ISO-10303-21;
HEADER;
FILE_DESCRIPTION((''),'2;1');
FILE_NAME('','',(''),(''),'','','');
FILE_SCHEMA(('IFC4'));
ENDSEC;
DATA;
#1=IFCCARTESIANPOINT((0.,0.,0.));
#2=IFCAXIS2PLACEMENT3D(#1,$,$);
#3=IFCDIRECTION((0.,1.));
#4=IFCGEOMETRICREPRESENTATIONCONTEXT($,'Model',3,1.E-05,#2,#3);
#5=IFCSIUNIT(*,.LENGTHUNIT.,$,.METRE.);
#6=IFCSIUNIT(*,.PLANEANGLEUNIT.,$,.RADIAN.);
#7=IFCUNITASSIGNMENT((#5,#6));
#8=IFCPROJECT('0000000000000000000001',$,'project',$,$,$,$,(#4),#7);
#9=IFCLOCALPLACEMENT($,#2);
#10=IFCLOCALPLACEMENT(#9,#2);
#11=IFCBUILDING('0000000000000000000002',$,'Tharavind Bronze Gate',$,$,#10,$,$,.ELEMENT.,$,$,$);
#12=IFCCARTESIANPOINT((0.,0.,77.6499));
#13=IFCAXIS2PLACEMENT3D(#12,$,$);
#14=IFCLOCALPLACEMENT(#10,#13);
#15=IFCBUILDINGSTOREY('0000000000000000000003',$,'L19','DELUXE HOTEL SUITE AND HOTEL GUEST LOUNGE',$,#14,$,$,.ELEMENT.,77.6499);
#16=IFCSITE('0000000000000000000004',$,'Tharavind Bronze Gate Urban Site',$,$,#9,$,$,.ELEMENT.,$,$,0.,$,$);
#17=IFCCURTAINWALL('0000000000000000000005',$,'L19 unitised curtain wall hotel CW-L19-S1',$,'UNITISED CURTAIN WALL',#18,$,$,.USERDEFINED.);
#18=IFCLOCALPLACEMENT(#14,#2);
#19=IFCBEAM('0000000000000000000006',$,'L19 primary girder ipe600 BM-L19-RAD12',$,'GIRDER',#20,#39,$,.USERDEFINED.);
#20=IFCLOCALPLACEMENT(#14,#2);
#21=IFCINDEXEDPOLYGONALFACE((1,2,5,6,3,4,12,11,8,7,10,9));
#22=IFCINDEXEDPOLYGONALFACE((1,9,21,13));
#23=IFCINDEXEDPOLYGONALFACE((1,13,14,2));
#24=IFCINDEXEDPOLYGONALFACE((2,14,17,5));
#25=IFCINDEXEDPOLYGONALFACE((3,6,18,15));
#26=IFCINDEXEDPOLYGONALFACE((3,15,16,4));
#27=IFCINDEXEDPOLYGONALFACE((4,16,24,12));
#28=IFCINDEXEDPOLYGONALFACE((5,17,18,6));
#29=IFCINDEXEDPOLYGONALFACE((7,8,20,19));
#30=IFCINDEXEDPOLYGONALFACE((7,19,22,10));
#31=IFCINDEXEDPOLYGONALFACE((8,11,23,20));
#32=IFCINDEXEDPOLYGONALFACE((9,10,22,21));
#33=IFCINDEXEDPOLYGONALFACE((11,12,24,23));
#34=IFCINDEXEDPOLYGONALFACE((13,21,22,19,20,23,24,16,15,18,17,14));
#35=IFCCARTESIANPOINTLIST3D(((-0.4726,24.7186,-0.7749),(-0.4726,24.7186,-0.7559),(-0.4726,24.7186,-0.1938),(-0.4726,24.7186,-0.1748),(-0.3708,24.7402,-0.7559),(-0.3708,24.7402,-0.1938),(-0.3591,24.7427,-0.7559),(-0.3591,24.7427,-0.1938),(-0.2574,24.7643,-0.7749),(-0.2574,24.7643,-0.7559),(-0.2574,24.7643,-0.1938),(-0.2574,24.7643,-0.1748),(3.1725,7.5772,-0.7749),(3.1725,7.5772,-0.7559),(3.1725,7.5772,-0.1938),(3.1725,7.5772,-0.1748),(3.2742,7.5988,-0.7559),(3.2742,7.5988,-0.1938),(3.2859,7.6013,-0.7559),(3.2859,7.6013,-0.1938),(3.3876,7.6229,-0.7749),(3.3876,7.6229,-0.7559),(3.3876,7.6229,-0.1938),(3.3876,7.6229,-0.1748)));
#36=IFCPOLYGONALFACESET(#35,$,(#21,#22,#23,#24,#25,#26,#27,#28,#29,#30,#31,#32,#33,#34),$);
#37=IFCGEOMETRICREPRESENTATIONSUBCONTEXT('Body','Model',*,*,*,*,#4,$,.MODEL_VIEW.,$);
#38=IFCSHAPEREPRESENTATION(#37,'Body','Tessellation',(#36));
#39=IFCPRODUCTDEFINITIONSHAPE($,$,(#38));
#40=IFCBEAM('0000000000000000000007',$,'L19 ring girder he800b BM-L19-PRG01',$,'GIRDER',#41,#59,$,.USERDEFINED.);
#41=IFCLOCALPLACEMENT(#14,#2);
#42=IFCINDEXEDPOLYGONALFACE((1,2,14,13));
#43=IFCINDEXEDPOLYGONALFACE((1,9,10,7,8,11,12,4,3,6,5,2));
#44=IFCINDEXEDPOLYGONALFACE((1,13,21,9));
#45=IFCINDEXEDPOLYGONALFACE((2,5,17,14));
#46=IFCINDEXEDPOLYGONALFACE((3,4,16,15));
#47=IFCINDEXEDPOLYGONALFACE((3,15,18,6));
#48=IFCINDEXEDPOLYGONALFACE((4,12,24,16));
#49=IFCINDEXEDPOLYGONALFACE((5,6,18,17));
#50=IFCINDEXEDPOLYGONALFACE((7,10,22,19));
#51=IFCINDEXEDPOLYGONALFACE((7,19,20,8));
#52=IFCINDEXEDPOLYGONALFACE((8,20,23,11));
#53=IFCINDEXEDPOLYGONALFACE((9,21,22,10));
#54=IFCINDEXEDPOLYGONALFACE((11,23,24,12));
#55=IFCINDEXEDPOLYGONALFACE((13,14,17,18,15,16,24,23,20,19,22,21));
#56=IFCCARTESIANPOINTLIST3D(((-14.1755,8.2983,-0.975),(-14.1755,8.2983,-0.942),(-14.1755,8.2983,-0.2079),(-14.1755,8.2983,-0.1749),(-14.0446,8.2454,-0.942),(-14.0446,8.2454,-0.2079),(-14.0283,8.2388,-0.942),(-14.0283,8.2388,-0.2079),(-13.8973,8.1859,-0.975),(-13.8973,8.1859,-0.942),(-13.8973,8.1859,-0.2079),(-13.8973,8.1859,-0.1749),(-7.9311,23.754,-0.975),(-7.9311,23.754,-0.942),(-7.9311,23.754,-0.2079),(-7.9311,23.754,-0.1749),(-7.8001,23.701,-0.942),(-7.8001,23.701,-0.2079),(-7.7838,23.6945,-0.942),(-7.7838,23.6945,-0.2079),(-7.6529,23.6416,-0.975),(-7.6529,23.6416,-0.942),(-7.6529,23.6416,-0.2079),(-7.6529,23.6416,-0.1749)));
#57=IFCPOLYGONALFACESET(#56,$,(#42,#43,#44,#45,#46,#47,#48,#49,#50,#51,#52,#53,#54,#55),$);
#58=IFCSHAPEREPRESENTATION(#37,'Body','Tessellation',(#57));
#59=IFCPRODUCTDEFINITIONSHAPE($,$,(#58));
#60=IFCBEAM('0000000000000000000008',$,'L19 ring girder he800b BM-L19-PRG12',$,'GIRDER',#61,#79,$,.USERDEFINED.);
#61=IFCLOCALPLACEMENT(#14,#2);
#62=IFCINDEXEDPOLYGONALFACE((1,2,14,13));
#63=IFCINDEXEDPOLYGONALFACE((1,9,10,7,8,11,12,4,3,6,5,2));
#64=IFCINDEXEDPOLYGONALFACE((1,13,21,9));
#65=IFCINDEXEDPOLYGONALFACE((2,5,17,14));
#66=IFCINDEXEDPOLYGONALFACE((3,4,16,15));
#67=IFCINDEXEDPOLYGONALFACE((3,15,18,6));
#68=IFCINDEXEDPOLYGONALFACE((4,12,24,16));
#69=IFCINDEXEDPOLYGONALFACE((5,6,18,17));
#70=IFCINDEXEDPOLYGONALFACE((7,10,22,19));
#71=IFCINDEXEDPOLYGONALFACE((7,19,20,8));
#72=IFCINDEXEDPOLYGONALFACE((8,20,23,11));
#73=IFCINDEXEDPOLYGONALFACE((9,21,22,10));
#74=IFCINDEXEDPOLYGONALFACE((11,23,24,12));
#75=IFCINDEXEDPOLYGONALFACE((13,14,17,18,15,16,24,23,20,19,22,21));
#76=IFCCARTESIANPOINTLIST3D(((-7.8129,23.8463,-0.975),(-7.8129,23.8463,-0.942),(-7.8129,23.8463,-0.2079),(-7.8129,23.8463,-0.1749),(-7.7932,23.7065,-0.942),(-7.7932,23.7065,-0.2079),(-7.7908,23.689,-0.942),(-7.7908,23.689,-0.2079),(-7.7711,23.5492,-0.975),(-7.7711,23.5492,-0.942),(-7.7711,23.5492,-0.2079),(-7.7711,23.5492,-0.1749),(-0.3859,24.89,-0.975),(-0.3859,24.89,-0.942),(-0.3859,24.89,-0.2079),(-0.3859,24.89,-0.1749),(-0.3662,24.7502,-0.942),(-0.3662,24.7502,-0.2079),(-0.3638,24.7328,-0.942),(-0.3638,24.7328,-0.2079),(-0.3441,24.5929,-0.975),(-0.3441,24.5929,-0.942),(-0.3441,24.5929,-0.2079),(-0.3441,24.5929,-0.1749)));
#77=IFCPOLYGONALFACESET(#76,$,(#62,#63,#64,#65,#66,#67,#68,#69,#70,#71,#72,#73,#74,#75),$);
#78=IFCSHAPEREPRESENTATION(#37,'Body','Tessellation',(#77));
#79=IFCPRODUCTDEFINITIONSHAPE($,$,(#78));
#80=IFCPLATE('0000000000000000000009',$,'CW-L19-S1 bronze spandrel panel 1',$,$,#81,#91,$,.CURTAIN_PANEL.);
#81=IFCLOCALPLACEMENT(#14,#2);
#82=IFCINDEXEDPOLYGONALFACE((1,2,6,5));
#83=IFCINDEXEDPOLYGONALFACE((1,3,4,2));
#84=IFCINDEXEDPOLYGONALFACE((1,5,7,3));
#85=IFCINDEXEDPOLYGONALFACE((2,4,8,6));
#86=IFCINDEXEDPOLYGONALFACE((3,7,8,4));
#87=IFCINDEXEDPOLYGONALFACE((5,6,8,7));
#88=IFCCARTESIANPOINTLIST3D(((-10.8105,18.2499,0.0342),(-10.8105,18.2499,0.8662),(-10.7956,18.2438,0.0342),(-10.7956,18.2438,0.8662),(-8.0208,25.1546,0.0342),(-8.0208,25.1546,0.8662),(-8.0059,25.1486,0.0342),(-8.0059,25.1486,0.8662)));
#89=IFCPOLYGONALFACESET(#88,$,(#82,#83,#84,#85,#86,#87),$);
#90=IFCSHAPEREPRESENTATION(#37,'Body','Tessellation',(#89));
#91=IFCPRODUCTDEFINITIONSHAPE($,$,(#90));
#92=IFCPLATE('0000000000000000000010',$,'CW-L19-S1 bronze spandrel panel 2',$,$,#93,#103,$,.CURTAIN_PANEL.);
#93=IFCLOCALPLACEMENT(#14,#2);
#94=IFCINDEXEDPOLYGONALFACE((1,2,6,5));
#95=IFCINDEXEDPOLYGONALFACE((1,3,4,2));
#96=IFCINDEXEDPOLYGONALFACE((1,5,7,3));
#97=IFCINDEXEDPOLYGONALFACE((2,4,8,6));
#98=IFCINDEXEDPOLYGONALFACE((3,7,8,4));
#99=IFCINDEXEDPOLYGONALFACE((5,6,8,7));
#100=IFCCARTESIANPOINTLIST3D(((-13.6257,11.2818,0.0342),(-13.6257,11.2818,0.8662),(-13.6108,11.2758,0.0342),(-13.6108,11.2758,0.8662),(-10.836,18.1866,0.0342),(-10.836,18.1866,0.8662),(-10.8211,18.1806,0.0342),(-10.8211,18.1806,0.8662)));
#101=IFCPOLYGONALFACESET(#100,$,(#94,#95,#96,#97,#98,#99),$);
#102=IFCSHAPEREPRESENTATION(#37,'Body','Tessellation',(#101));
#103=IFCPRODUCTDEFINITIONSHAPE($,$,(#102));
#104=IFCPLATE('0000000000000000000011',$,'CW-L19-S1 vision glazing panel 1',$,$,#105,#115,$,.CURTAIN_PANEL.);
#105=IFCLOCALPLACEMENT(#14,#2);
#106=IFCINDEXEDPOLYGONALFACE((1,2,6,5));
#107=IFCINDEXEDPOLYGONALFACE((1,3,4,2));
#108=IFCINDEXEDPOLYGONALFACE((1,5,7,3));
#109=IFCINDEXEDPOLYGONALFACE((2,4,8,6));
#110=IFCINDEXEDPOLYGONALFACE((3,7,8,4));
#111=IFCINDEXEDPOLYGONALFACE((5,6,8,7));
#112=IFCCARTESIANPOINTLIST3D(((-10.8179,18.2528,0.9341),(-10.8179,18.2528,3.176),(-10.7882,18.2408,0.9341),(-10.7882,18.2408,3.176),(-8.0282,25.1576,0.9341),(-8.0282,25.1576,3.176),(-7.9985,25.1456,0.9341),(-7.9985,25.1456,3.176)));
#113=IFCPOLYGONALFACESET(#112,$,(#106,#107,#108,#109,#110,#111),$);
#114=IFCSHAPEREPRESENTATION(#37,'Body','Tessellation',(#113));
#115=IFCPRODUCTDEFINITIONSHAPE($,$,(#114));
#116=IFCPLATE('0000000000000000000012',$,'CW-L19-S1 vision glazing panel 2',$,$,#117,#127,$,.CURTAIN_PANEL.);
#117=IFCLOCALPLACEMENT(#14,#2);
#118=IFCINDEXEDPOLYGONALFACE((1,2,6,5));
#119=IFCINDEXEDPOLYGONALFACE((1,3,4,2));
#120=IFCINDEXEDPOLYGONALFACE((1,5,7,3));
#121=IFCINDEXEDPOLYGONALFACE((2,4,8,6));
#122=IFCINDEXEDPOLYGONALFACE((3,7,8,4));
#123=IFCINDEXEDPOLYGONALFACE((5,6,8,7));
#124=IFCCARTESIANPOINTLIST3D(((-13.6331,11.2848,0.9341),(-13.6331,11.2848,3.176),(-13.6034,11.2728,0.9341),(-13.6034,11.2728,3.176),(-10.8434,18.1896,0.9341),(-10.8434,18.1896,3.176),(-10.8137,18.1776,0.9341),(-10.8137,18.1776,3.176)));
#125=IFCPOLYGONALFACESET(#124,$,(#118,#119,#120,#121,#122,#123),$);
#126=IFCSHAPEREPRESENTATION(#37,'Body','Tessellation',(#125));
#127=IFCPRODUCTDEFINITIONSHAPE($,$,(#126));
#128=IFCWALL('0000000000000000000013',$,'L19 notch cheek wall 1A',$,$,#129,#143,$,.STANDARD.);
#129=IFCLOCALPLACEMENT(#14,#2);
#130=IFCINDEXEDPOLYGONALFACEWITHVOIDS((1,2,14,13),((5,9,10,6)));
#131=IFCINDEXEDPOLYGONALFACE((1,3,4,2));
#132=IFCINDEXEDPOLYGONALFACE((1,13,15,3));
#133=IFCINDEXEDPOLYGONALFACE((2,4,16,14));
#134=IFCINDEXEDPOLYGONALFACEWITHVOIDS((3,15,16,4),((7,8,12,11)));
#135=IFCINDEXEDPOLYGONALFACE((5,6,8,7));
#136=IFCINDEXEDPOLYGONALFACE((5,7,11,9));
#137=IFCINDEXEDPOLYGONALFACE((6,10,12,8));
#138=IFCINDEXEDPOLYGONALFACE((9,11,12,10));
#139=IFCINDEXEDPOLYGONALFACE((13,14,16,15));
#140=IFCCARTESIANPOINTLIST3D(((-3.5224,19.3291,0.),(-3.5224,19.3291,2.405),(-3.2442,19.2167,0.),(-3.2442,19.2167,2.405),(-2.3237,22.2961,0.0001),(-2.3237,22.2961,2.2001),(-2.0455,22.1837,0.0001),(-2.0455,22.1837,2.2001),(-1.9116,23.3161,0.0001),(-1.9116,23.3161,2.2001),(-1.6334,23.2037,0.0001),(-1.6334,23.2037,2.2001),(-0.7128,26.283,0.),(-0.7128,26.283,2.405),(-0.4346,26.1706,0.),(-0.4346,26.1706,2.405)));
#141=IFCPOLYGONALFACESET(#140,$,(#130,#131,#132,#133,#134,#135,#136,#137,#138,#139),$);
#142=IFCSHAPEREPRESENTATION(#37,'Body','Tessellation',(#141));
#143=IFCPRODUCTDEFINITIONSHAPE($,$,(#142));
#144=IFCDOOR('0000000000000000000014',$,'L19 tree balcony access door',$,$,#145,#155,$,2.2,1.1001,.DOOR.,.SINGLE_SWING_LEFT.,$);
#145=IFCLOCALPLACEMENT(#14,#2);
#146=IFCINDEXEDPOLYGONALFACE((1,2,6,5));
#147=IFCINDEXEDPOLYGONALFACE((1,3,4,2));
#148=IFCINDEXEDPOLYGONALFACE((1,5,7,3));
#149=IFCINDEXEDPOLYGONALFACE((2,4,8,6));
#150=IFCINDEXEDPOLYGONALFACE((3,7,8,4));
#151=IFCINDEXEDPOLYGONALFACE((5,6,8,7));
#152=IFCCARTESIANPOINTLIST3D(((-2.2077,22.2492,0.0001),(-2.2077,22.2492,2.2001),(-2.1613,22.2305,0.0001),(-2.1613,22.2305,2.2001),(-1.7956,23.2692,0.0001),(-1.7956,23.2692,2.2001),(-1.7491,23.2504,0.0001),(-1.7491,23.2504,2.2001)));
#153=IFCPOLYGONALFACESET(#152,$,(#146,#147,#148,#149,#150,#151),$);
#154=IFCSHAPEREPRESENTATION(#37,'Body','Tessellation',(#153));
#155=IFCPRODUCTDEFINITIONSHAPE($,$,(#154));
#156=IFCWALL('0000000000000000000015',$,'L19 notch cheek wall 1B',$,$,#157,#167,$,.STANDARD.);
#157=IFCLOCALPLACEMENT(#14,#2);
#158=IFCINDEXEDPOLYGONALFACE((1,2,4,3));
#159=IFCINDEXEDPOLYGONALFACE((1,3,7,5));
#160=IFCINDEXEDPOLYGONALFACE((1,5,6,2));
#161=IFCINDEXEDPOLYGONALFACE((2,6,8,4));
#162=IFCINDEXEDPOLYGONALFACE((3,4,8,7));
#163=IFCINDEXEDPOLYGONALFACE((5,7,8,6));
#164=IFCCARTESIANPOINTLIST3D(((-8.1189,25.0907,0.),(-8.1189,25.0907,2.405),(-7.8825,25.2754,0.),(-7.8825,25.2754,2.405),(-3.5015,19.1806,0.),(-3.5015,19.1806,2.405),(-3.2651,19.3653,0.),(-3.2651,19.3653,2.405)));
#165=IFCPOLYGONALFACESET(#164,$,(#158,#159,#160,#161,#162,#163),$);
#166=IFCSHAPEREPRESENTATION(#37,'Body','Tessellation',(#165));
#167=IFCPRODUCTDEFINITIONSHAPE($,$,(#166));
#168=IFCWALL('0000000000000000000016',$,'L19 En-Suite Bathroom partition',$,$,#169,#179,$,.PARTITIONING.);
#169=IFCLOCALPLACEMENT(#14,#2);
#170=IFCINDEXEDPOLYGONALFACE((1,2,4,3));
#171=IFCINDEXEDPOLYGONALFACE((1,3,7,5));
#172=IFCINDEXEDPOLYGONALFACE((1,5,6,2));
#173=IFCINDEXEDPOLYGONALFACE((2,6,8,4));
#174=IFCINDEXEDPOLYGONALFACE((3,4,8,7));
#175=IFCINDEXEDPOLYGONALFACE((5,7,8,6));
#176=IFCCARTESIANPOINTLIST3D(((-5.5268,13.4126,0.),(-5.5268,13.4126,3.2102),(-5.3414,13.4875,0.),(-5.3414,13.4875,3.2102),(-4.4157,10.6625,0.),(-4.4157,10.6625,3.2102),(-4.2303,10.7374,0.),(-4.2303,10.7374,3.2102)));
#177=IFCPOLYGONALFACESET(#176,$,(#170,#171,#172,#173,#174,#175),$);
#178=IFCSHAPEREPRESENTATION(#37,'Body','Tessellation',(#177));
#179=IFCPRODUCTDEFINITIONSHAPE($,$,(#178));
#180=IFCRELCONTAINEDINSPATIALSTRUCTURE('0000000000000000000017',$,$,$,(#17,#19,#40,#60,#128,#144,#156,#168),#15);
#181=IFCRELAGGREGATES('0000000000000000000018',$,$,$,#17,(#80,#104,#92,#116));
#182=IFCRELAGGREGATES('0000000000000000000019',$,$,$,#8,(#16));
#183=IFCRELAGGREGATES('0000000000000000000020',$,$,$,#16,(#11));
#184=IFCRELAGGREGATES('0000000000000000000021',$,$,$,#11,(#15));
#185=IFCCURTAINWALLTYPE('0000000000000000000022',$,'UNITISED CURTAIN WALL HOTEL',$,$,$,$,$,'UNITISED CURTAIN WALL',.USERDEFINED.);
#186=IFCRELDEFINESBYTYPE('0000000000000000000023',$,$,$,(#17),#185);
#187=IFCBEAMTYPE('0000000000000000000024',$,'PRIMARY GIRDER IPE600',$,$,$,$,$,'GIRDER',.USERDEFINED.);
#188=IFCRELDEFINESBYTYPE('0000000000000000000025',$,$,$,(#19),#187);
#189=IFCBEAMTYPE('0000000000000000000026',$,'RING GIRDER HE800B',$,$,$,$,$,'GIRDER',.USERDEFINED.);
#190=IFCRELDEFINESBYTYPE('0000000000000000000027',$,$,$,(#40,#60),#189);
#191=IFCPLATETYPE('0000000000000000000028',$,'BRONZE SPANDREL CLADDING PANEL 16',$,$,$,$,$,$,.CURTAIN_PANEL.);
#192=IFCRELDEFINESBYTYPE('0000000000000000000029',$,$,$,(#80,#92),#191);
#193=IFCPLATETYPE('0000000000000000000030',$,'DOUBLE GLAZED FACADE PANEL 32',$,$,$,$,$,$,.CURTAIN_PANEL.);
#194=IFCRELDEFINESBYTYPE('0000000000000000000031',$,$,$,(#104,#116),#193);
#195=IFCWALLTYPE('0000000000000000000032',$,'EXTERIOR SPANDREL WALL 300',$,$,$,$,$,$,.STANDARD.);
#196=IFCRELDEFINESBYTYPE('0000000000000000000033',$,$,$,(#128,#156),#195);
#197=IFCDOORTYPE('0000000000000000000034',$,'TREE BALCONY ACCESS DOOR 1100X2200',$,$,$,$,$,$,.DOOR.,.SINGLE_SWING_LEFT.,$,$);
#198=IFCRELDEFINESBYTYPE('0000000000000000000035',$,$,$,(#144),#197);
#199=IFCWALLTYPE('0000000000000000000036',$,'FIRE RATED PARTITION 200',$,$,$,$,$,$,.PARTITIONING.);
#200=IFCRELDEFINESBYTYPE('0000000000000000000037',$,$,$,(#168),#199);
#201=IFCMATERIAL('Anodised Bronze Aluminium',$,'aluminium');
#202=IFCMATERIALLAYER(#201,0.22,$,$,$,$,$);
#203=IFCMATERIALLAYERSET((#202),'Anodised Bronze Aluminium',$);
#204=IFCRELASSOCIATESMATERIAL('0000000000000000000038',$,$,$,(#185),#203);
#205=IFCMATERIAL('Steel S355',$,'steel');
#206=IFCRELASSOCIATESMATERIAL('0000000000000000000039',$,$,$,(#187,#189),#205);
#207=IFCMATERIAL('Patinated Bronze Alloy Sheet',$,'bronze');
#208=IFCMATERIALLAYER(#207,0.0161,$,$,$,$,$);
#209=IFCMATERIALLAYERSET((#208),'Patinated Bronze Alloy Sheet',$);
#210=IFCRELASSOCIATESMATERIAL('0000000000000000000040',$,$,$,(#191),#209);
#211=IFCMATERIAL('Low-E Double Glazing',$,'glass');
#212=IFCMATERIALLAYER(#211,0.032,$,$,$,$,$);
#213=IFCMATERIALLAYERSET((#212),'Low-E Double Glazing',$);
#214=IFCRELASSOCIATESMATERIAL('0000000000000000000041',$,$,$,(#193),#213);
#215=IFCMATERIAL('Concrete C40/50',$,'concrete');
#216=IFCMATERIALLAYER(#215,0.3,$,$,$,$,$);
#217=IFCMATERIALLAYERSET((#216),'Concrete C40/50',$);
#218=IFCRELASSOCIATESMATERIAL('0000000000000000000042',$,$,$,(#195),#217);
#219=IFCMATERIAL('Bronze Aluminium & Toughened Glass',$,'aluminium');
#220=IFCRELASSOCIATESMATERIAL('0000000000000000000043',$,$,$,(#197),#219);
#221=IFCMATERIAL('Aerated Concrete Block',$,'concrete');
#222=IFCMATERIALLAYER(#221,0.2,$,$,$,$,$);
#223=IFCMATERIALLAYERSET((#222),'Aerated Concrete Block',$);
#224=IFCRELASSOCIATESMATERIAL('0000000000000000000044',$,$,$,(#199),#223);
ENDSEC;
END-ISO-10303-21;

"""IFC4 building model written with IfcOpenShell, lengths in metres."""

from ifc_helpers import new_model, si_unit, direction, frame, frame_2d, origin, origin_2d, place, context, subcontext, project, spatial, rectangle, i_section, extrude, material, layer, layer_set, material_profile, profile_set, type_object, element, fill, aggregate, save


model = new_model("IFC4")

# Units and contexts
model_context = context("Model", 3, precision=1e-05, world=origin(), true_north=direction((0.0, 1.0)))
body_context = subcontext(model_context, "Body", "Model", "MODEL_VIEW")
ifc_project = project(units=[si_unit("LENGTHUNIT", "METRE"), si_unit("PLANEANGLEUNIT", "RADIAN")], contexts=[model_context])

# Site, building, storey
site_placement = place(None, origin())
site = spatial("IfcSite", under=ifc_project, at=site_placement, Name="Tharavind Bronze Gate Urban Site", CompositionType="ELEMENT", RefElevation=0.0)
building_placement = place(site_placement, origin())
building = spatial("IfcBuilding", under=site, at=building_placement, Name="Tharavind Bronze Gate", CompositionType="ELEMENT")
storey_placement = place(building_placement, frame((0.0, 0.0, 77.6499)))
storey = spatial("IfcBuildingStorey", under=building, at=storey_placement, Name="L19", Description="DELUXE HOTEL SUITE AND HOTEL GUEST LOUNGE", CompositionType="ELEMENT", Elevation=77.6499)

# Curtain wall
ifc_material_1 = material(Name="Anodised Bronze Aluminium", Category="aluminium")
ifc_layer_1 = layer(ifc_material_1, 0.22)
ifc_layer_set_1 = layer_set([ifc_layer_1], Name="Anodised Bronze Aluminium")
curtain_wall_type = type_object("IfcCurtainWallType", Name="UNITISED CURTAIN WALL HOTEL", ElementType="UNITISED CURTAIN WALL", PredefinedType="USERDEFINED", material=ifc_layer_set_1)
curtain_wall_1_placement = place(storey_placement, origin())
curtain_wall_1 = element("IfcCurtainWall", 1, at=curtain_wall_1_placement, inside=storey, type_object=curtain_wall_type, Name="L19 unitised curtain wall hotel CW-L19-S1", ObjectType="UNITISED CURTAIN WALL", PredefinedType="USERDEFINED")

# Beams
ifc_material_2 = material(Name="Steel S355", Category="steel")
ifc_material_profile_1 = material_profile(ifc_material_2, i_section(OverallWidth=0.22, OverallDepth=0.6001, WebThickness=0.012, FlangeThickness=0.019, at=origin_2d()), Name="IPE600")
ifc_profile_set_1 = profile_set([ifc_material_profile_1], Name="Steel S355")
beam_type_1 = type_object("IfcBeamType", Name="PRIMARY GIRDER IPE600", ElementType="GIRDER", PredefinedType="USERDEFINED", material=ifc_profile_set_1)
beam_1_placement = place(storey_placement, frame((-0.365, 24.7415, -0.4749), z_axis=(0.207994, -0.97813, 0.0), x_axis=(0.97813, 0.207994, 0.0)))
element("IfcBeam", 2, at=beam_1_placement, inside=storey, type_object=beam_type_1, Name="L19 primary girder ipe600 BM-L19-RAD12", ObjectType="GIRDER", PredefinedType="USERDEFINED", context=body_context, shape_type="SweptSolid", body=[
    extrude(i_section(OverallWidth=0.22, OverallDepth=0.6001, WebThickness=0.012, FlangeThickness=0.019, at=origin_2d()), origin(), (0.0, 0.0, 1.0), 17.5247),
])
ifc_material_profile_2 = material_profile(ifc_material_2, i_section(OverallWidth=0.3, OverallDepth=0.8, WebThickness=0.0176, FlangeThickness=0.033, at=origin_2d()), Name="HE800B")
ifc_profile_set_2 = profile_set([ifc_material_profile_2], Name="Steel S355")
beam_type_2 = type_object("IfcBeamType", Name="RING GIRDER HE800B", ElementType="GIRDER", PredefinedType="USERDEFINED", material=ifc_profile_set_2)
beam_2_placement = place(storey_placement, frame((-7.792, 23.6978, -0.575), z_axis=(-0.374603, -0.927185, 0.0), x_axis=(0.927185, -0.374603, 0.0)))
element("IfcBeam", 3, at=beam_2_placement, inside=storey, type_object=beam_type_2, Name="L19 ring girder he800b BM-L19-PRG01", ObjectType="GIRDER", PredefinedType="USERDEFINED", context=body_context, shape_type="SweptSolid", body=[
    extrude(i_section(OverallWidth=0.3, OverallDepth=0.8, WebThickness=0.0176, FlangeThickness=0.033, at=origin_2d()), origin(), (0.0, 0.0, 1.0), 16.6694),
])
beam_3_placement = place(storey_placement, frame((-0.365, 24.7415, -0.575), z_axis=(-0.99027, -0.139161, 0.0), x_axis=(0.139161, -0.99027, 0.0)))
element("IfcBeam", 4, at=beam_3_placement, inside=storey, type_object=beam_type_2, Name="L19 ring girder he800b BM-L19-PRG12", ObjectType="GIRDER", PredefinedType="USERDEFINED", context=body_context, shape_type="SweptSolid", body=[
    extrude(i_section(OverallWidth=0.3, OverallDepth=0.8, WebThickness=0.0176, FlangeThickness=0.033, at=origin_2d()), origin(), (0.0, 0.0, 1.0), 7.5),
])

# Plates
ifc_material_3 = material(Name="Patinated Bronze Alloy Sheet", Category="bronze")
ifc_layer_2 = layer(ifc_material_3, 0.0161)
ifc_layer_set_2 = layer_set([ifc_layer_2], Name="Patinated Bronze Alloy Sheet")
plate_type_1 = type_object("IfcPlateType", Name="BRONZE SPANDREL CLADDING PANEL 16", PredefinedType="CURTAIN_PANEL", material=ifc_layer_set_2)
plate_1_placement = place(storey_placement, frame((-9.4082, 21.6992, 0.0342), z_axis=(0.0, 0.0, 1.0), x_axis=(-0.374607, -0.927184, 0.0)))
plate_1 = element("IfcPlate", 5, at=plate_1_placement, type_object=plate_type_1, Name="CW-L19-S1 bronze spandrel panel 1", PredefinedType="CURTAIN_PANEL", context=body_context, shape_type="SweptSolid", body=[
    extrude(rectangle(XDim=7.447, YDim=0.0161, at=origin_2d()), origin(), (0.0, 0.0, 1.0), 0.832),
])
plate_2_placement = place(storey_placement, frame((-12.2234, 14.7312, 0.0342), z_axis=(0.0, 0.0, 1.0), x_axis=(-0.374607, -0.927184, 0.0)))
plate_2 = element("IfcPlate", 6, at=plate_2_placement, type_object=plate_type_1, Name="CW-L19-S1 bronze spandrel panel 2", PredefinedType="CURTAIN_PANEL", context=body_context, shape_type="SweptSolid", body=[
    extrude(rectangle(XDim=7.447, YDim=0.0161, at=origin_2d()), origin(), (0.0, 0.0, 1.0), 0.832),
])
ifc_material_4 = material(Name="Low-E Double Glazing", Category="glass")
ifc_layer_3 = layer(ifc_material_4, 0.032)
ifc_layer_set_3 = layer_set([ifc_layer_3], Name="Low-E Double Glazing")
plate_type_2 = type_object("IfcPlateType", Name="DOUBLE GLAZED FACADE PANEL 32", PredefinedType="CURTAIN_PANEL", material=ifc_layer_set_3)
plate_3_placement = place(storey_placement, frame((-9.4082, 21.6992, 0.9341), z_axis=(0.0, 0.0, 1.0), x_axis=(-0.374607, -0.927184, 0.0)))
plate_3 = element("IfcPlate", 7, at=plate_3_placement, type_object=plate_type_2, Name="CW-L19-S1 vision glazing panel 1", PredefinedType="CURTAIN_PANEL", context=body_context, shape_type="SweptSolid", body=[
    extrude(rectangle(XDim=7.447, YDim=0.032, at=origin_2d()), origin(), (0.0, 0.0, 1.0), 2.2419),
])
plate_4_placement = place(storey_placement, frame((-12.2234, 14.7312, 0.9341), z_axis=(0.0, 0.0, 1.0), x_axis=(-0.374607, -0.927184, 0.0)))
plate_4 = element("IfcPlate", 8, at=plate_4_placement, type_object=plate_type_2, Name="CW-L19-S1 vision glazing panel 2", PredefinedType="CURTAIN_PANEL", context=body_context, shape_type="SweptSolid", body=[
    extrude(rectangle(XDim=7.447, YDim=0.032, at=origin_2d()), origin(), (0.0, 0.0, 1.0), 2.2419),
])
aggregate(curtain_wall_1, [plate_1, plate_3, plate_2, plate_4])

# Wall, opening, door
ifc_material_5 = material(Name="Concrete C40/50", Category="concrete")
ifc_layer_4 = layer(ifc_material_5, 0.3)
ifc_layer_set_4 = layer_set([ifc_layer_4], Name="Concrete C40/50")
wall_type_1 = type_object("IfcWallType", Name="EXTERIOR SPANDREL WALL 300", PredefinedType="STANDARD", material=ifc_layer_set_4)
wall_1_placement = place(storey_placement, frame((-0.5737, 26.2268, 0.0), z_axis=(0.0, 0.0, 1.0), x_axis=(-0.37461, -0.927182, 0.0)))
wall_1 = element("IfcWall", 9, at=wall_1_placement, inside=storey, type_object=wall_type_1, Name="L19 notch cheek wall 1A", PredefinedType="STANDARD", context=body_context, shape_type="SweptSolid", body=[
    extrude(rectangle(XDim=7.5, YDim=0.3, at=frame_2d((3.75, 0.0))), origin(), (0.0, 0.0, 1.0), 2.405),
])
opening_placement = place(wall_1_placement, frame((3.2, 0.0, 0.0)))
opening = element("IfcOpeningElement", 10, at=opening_placement, cuts=wall_1, PredefinedType="OPENING", context=body_context, shape_type="SweptSolid", body=[
    extrude(rectangle(XDim=1.1001, YDim=2.2, at=frame_2d((0.55, 1.1001))), frame((0.0, 0.1599, 0.0), z_axis=(0.0, -1.0, 0.0), x_axis=(1.0, 0.0, 0.0)), (0.0, 0.0, 1.0), 0.32),
])
ifc_material_6 = material(Name="Bronze Aluminium & Toughened Glass", Category="aluminium")
door_type = type_object("IfcDoorType", Name="TREE BALCONY ACCESS DOOR 1100X2200", OperationType="SINGLE_SWING_LEFT", PredefinedType="DOOR", material=ifc_material_6)
door_placement = place(opening_placement, frame((1.1001, 0.0, 0.0), z_axis=(0.0, 0.0, 1.0), x_axis=(-1.0, 0.0, 0.0)))
door = element("IfcDoor", 11, at=door_placement, inside=storey, type_object=door_type, Name="L19 tree balcony access door", OperationType="SINGLE_SWING_LEFT", OverallHeight=2.2, OverallWidth=1.1001, PredefinedType="DOOR", context=body_context, shape_type="SweptSolid", body=[
    extrude(rectangle(XDim=1.1001, YDim=2.2, at=frame_2d((0.55, 1.1001))), frame((0.0, 0.0249, 0.0), z_axis=(0.0, -1.0, 0.0), x_axis=(1.0, 0.0, 0.0)), (0.0, 0.0, 1.0), 0.05),
])
fill(opening, door)

# Walls
wall_2_placement = place(storey_placement, frame((-3.3833, 19.2729, 0.0), z_axis=(0.0, 0.0, 1.0), x_axis=(-0.615654, 0.788016, 0.0)))
element("IfcWall", 12, at=wall_2_placement, inside=storey, type_object=wall_type_1, Name="L19 notch cheek wall 1B", PredefinedType="STANDARD", context=body_context, shape_type="SweptSolid", body=[
    extrude(rectangle(XDim=7.5, YDim=0.3, at=frame_2d((3.75, 0.0))), origin(), (0.0, 0.0, 1.0), 2.405),
])
ifc_material_7 = material(Name="Aerated Concrete Block", Category="concrete")
ifc_layer_5 = layer(ifc_material_7, 0.2)
ifc_layer_set_5 = layer_set([ifc_layer_5], Name="Aerated Concrete Block")
wall_type_2 = type_object("IfcWallType", Name="FIRE RATED PARTITION 200", PredefinedType="PARTITIONING", material=ifc_layer_set_5)
wall_3_placement = place(storey_placement, frame((-5.4341, 13.45, 0.0), z_axis=(0.0, 0.0, 1.0), x_axis=(0.37461, -0.927182, 0.0)))
element("IfcWall", 13, at=wall_3_placement, inside=storey, type_object=wall_type_2, Name="L19 En-Suite Bathroom partition", PredefinedType="PARTITIONING", context=body_context, shape_type="SweptSolid", body=[
    extrude(rectangle(XDim=2.9661, YDim=0.2, at=frame_2d((1.4829, 0.0))), origin(), (0.0, 0.0, 1.0), 3.2102),
])

save(model, "model.ifc")
